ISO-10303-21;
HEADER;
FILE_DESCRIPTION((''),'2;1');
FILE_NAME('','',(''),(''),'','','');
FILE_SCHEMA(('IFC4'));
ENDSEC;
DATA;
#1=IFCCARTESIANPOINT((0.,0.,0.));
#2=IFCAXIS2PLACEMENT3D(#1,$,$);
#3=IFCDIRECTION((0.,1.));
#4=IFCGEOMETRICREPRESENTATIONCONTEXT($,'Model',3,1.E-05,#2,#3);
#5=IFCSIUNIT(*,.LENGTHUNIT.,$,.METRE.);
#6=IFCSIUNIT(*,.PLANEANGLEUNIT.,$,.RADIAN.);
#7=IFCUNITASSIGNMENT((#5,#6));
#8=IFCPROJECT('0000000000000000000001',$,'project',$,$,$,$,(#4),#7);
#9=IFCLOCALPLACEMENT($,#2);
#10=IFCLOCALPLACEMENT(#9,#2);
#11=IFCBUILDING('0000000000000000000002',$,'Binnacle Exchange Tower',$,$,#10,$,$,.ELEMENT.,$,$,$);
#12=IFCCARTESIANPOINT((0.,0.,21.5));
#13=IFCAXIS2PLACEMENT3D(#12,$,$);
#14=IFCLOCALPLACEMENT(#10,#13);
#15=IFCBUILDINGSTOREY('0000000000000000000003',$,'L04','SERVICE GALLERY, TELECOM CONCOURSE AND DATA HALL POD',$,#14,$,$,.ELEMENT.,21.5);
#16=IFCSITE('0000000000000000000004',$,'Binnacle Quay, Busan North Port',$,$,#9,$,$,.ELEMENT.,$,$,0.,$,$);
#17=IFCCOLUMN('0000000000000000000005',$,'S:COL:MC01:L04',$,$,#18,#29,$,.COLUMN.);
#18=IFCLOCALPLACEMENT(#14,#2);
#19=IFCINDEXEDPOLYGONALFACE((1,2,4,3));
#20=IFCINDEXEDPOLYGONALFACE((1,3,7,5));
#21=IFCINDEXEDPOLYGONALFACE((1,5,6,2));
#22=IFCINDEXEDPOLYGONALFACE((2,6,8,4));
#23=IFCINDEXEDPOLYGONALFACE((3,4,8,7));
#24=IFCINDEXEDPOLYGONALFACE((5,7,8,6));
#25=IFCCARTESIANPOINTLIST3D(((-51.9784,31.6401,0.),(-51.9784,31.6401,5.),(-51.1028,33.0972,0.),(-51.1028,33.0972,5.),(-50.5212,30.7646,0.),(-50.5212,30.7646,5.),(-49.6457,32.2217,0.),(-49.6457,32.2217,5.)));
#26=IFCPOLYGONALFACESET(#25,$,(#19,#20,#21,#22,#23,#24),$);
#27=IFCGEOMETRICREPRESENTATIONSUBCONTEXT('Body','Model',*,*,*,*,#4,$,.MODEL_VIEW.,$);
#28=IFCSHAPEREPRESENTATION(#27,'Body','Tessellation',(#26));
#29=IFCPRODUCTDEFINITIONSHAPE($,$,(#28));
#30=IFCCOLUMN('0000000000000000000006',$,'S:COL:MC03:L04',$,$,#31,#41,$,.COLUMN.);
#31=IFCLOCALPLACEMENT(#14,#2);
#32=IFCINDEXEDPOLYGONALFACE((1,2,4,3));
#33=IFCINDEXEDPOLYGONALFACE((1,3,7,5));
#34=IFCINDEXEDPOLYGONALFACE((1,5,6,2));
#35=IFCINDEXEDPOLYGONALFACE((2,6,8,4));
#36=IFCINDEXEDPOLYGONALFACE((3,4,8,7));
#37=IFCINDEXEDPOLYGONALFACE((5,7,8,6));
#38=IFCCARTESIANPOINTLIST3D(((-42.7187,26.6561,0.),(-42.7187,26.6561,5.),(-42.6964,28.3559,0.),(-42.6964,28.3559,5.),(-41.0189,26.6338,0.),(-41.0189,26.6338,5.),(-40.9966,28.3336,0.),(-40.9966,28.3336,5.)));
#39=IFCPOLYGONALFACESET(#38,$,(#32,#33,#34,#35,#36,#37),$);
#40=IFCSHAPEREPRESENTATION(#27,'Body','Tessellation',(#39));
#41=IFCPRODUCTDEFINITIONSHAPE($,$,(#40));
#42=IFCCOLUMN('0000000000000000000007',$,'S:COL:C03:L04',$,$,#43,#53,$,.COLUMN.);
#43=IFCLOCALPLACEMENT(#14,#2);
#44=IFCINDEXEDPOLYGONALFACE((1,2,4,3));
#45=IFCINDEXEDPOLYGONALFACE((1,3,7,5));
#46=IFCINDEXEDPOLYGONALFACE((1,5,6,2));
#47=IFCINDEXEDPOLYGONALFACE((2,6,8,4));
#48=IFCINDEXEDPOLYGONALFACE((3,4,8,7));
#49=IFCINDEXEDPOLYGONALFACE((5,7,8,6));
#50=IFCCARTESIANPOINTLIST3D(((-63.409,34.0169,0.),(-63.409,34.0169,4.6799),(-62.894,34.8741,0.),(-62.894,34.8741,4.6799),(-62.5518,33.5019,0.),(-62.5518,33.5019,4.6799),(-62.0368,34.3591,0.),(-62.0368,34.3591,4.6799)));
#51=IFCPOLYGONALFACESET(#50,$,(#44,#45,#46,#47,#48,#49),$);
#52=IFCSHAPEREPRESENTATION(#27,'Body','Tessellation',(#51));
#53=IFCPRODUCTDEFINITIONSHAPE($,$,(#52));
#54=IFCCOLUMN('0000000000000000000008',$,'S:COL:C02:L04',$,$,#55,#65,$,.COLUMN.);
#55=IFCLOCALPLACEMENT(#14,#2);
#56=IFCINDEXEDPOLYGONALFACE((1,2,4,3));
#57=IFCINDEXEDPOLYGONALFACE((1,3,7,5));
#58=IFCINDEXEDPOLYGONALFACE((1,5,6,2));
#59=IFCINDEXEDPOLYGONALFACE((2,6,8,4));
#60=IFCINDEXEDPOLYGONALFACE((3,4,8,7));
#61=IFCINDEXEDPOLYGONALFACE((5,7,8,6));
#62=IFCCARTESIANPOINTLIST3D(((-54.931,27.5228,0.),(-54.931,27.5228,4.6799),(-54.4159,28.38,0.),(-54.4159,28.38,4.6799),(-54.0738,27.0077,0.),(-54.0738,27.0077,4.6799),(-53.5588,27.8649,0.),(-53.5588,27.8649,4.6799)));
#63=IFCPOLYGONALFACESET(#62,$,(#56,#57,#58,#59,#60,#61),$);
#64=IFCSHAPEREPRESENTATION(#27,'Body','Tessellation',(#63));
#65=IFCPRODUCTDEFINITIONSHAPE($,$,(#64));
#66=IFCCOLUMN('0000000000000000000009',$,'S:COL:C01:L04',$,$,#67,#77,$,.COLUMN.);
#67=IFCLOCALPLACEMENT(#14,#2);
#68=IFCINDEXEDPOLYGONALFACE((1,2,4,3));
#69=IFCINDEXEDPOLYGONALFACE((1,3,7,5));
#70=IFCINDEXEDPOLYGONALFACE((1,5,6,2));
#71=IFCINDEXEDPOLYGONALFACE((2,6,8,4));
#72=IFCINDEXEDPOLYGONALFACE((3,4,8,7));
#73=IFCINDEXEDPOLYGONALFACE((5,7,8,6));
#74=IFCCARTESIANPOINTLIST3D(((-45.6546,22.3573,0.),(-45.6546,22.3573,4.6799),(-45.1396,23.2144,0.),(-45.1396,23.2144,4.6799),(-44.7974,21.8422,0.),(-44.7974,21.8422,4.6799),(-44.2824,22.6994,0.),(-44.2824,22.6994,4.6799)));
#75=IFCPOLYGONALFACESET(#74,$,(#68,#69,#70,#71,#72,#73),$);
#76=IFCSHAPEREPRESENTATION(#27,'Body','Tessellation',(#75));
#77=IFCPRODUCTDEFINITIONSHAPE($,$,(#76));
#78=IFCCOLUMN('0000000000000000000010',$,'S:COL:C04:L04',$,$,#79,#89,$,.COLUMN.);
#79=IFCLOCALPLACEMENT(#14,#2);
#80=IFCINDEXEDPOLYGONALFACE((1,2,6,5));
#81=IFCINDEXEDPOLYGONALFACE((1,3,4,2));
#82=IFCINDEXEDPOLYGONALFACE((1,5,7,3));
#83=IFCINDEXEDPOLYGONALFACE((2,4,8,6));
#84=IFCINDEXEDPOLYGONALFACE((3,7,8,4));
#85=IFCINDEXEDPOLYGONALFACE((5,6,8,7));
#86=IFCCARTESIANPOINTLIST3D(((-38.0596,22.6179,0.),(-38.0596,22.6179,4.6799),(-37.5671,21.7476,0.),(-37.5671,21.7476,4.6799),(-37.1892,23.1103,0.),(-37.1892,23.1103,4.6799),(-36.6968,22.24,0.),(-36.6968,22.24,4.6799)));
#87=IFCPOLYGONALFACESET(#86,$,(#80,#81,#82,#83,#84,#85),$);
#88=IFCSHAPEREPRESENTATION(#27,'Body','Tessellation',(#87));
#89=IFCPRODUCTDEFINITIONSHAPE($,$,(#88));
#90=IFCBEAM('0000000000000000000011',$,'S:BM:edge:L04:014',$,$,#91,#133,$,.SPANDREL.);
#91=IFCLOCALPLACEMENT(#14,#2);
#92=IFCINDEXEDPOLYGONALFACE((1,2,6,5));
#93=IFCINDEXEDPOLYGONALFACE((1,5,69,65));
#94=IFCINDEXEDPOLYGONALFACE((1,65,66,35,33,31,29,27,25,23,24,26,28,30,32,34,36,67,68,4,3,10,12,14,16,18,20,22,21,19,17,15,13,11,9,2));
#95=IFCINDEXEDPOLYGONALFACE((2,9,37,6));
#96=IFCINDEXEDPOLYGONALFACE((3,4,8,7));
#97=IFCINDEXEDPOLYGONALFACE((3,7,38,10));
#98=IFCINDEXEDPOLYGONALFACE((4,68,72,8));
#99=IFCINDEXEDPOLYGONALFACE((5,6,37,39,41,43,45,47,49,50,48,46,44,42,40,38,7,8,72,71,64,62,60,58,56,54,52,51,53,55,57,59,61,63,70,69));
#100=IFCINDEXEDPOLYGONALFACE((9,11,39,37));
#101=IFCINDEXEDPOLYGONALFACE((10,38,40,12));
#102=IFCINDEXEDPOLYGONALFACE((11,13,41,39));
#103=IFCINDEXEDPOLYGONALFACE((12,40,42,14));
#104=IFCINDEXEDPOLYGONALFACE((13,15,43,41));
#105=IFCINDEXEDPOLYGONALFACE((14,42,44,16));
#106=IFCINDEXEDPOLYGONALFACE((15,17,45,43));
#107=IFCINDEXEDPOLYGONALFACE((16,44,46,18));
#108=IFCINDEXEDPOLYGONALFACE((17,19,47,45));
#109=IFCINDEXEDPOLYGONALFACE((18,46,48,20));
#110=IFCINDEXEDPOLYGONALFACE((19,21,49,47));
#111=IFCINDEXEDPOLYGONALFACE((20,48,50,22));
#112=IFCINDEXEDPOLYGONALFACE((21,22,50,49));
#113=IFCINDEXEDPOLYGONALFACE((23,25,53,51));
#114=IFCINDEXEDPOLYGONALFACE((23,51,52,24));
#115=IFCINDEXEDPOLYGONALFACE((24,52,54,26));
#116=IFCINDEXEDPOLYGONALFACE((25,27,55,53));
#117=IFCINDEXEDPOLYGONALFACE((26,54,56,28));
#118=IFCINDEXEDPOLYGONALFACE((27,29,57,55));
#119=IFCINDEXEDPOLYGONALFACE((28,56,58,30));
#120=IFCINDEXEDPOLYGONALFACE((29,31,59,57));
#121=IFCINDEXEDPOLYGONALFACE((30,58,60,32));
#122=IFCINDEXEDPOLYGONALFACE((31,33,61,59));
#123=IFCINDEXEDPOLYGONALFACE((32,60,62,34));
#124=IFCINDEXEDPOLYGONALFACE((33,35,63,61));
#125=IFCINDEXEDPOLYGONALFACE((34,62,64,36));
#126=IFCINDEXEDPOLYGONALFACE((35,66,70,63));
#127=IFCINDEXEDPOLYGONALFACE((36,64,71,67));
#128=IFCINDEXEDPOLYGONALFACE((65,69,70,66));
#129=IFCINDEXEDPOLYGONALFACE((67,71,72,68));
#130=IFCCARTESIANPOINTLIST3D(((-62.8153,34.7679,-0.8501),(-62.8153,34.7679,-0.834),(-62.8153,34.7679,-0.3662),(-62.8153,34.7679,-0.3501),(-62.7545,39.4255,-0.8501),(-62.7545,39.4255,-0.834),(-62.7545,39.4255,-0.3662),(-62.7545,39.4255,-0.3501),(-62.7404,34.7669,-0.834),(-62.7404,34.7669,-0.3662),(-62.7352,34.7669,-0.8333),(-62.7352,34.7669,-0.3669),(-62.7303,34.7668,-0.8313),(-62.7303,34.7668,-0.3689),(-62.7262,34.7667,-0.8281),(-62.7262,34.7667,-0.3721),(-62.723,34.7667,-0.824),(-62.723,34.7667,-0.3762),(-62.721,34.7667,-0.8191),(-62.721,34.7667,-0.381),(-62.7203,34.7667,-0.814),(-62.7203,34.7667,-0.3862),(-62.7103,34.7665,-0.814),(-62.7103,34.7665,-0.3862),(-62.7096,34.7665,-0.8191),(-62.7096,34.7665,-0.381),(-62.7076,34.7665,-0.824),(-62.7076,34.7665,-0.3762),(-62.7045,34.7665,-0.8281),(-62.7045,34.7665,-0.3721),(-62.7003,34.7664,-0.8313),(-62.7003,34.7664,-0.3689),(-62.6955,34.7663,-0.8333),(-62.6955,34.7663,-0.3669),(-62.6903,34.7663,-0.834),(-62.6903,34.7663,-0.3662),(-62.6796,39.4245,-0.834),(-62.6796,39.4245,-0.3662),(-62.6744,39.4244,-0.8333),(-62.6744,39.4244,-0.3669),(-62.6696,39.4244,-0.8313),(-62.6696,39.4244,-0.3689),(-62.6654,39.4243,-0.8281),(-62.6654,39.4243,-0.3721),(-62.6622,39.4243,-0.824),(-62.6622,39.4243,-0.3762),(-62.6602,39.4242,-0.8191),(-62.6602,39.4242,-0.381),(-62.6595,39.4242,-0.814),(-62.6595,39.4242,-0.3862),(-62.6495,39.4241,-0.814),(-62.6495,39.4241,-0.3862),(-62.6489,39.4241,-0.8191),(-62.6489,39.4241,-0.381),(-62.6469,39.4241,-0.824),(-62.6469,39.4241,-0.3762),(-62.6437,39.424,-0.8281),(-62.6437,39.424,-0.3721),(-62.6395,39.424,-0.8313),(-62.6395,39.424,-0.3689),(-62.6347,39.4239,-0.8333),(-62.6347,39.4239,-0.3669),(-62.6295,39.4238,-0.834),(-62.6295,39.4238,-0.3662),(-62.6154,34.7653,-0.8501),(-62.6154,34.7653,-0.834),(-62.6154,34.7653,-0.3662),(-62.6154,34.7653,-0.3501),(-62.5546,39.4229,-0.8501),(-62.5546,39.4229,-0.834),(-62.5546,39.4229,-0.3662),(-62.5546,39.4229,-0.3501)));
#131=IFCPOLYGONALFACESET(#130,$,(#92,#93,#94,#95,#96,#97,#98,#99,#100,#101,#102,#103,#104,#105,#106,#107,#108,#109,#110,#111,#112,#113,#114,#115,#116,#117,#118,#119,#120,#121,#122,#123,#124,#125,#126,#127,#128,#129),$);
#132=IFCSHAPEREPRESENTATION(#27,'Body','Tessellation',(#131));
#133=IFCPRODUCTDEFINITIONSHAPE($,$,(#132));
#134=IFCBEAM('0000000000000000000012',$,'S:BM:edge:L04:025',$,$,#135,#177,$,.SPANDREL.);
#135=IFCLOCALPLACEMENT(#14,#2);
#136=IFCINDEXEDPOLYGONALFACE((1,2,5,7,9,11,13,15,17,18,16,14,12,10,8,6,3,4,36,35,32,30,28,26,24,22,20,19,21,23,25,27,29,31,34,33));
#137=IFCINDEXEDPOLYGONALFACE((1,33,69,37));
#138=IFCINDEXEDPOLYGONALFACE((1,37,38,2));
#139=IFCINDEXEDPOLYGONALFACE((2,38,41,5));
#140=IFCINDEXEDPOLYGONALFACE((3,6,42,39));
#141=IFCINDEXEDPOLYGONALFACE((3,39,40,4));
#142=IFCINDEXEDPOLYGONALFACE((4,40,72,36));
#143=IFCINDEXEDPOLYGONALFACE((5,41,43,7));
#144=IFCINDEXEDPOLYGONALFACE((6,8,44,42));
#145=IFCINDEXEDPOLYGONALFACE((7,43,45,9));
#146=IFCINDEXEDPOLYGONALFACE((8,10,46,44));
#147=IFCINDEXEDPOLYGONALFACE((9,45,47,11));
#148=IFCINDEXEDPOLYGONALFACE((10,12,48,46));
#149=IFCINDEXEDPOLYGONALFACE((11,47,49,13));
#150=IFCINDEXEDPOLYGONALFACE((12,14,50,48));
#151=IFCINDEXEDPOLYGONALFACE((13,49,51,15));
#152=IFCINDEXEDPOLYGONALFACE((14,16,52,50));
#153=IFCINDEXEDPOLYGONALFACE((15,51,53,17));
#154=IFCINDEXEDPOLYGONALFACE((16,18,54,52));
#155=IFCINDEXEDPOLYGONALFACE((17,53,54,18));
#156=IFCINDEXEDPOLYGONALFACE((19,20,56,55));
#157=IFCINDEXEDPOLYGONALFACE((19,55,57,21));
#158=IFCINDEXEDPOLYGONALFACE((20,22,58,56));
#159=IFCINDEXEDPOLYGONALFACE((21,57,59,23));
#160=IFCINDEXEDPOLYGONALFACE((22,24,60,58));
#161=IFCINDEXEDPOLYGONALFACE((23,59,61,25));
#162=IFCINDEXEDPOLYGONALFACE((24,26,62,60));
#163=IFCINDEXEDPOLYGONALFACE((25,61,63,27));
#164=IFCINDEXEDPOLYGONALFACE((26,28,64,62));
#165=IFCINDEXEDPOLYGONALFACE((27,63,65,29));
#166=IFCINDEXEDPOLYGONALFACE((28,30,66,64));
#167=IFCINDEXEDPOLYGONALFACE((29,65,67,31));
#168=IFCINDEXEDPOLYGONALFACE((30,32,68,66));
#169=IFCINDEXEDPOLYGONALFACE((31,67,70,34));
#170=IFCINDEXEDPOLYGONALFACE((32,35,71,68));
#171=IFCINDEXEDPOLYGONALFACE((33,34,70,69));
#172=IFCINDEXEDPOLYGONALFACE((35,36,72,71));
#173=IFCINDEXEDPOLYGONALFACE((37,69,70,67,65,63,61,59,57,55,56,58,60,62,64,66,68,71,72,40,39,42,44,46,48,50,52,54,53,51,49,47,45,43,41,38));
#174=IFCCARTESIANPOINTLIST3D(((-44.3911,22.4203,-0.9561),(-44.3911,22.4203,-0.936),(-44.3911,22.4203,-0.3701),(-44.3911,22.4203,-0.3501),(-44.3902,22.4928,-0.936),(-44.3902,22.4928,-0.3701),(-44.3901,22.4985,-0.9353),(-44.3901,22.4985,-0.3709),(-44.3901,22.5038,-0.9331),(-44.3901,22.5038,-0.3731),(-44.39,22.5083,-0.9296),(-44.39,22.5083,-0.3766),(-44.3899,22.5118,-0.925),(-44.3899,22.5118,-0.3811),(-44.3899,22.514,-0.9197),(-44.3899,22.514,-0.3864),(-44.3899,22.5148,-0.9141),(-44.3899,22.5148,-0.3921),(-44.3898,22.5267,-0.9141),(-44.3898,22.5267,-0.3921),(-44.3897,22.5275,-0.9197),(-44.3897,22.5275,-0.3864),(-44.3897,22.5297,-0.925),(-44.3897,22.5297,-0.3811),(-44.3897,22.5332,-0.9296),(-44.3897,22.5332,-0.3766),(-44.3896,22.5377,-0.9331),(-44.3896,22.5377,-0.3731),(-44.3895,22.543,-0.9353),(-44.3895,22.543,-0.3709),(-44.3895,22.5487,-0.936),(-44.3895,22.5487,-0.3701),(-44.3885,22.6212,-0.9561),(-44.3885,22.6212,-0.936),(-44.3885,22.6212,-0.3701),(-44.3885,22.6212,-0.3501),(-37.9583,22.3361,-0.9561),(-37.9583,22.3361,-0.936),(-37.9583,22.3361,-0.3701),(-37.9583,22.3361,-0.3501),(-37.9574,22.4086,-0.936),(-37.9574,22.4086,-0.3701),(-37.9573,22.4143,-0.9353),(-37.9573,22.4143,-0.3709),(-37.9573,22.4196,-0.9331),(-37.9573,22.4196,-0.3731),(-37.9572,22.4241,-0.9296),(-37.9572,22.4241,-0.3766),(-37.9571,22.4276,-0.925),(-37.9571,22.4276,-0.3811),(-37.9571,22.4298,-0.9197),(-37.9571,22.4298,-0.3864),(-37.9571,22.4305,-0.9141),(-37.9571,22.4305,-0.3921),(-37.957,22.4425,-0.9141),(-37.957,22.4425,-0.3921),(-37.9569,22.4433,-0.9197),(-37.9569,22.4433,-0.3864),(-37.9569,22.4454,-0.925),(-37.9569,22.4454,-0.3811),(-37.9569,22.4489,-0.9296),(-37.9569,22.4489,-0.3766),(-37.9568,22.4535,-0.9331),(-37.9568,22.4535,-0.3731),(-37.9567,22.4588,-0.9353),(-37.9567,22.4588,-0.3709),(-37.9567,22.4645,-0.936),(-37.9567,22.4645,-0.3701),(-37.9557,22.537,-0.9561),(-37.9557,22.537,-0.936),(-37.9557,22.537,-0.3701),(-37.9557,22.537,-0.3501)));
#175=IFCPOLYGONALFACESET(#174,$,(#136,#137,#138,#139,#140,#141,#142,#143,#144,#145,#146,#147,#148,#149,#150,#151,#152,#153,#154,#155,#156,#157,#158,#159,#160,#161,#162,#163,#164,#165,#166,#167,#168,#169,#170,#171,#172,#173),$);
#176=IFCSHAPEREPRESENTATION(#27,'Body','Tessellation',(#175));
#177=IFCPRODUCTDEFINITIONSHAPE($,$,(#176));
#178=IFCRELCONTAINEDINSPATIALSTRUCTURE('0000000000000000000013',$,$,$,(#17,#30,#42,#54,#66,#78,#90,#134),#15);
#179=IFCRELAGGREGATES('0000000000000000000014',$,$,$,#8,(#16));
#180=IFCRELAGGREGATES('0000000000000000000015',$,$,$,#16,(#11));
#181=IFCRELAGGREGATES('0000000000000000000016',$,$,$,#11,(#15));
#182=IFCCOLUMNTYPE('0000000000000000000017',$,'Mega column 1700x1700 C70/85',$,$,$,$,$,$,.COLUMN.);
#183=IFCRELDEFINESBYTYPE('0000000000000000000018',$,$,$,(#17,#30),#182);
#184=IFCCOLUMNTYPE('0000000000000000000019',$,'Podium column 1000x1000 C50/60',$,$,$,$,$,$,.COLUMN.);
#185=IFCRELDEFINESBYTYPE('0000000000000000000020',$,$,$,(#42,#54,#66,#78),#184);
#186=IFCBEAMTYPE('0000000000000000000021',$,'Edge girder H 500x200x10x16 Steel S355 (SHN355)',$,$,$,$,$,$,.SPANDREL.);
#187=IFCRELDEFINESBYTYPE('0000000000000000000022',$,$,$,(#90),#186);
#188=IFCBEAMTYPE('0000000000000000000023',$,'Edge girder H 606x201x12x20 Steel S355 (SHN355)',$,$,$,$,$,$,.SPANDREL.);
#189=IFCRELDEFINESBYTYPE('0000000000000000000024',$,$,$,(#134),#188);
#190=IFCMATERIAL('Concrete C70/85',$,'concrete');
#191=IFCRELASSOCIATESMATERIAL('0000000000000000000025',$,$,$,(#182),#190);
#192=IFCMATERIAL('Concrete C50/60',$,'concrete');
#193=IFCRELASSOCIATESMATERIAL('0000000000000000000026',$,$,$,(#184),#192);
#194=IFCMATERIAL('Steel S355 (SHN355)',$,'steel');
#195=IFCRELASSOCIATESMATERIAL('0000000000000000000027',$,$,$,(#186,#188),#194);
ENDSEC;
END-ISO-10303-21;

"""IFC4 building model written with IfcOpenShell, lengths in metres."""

from ifc_helpers import new_model, si_unit, direction, frame, origin, origin_2d, place, context, subcontext, project, spatial, rectangle, i_section, extrude, material, material_profile, profile_set, type_object, element, save


model = new_model("IFC4")

# Units and contexts
model_context = context("Model", 3, precision=1e-05, world=origin(), true_north=direction((0.0, 1.0)))
body_context = subcontext(model_context, "Body", "Model", "MODEL_VIEW")
ifc_project = project(units=[si_unit("LENGTHUNIT", "METRE"), si_unit("PLANEANGLEUNIT", "RADIAN")], contexts=[model_context])

# Site, building, storey
site_placement = place(None, origin())
site = spatial("IfcSite", under=ifc_project, at=site_placement, Name="Binnacle Quay, Busan North Port", CompositionType="ELEMENT", RefElevation=0.0)
building_placement = place(site_placement, origin())
building = spatial("IfcBuilding", under=site, at=building_placement, Name="Binnacle Exchange Tower", CompositionType="ELEMENT")
storey_placement = place(building_placement, frame((0.0, 0.0, 21.5)))
storey = spatial("IfcBuildingStorey", under=building, at=storey_placement, Name="L04", Description="SERVICE GALLERY, TELECOM CONCOURSE AND DATA HALL POD", CompositionType="ELEMENT", Elevation=21.5)

# Columns
ifc_material_1 = material(Name="Concrete C70/85", Category="concrete")
ifc_material_profile_1 = material_profile(ifc_material_1, rectangle(XDim=1.7, YDim=1.7, at=origin_2d()), Name="Mega column 1700x1700 C70/85")
ifc_profile_set_1 = profile_set([ifc_material_profile_1], Name="Concrete C70/85")
column_type_1 = type_object("IfcColumnType", Name="Mega column 1700x1700 C70/85", PredefinedType="COLUMN", material=ifc_profile_set_1)
for number, where, z_axis, x_axis, name in (
    (1, (-50.812, 31.9309, 0.0), (0.0, 0.0, 1.0), (0.857167, -0.515038, 0.0), "S:COL:MC01:L04"),
    (2, (-41.8577, 27.4949, 0.0), (0.0, 0.0, 1.0), (0.999914, -0.01309, 0.0), "S:COL:MC03:L04"),
):
    element("IfcColumn", number, at=place(storey_placement, frame(where, z_axis=z_axis, x_axis=x_axis)), inside=storey, type_object=column_type_1, Name=name, PredefinedType="COLUMN", context=body_context, shape_type="SweptSolid", body=[
        extrude(rectangle(XDim=1.7, YDim=1.7, at=origin_2d()), origin(), (0.0, 0.0, 1.0), 5.0),
    ])
ifc_material_2 = material(Name="Concrete C50/60", Category="concrete")
ifc_material_profile_2 = material_profile(ifc_material_2, rectangle(XDim=1.0, YDim=1.0, at=origin_2d()), Name="Podium column 1000x1000 C50/60")
ifc_profile_set_2 = profile_set([ifc_material_profile_2], Name="Concrete C50/60")
column_type_2 = type_object("IfcColumnType", Name="Podium column 1000x1000 C50/60", PredefinedType="COLUMN", material=ifc_profile_set_2)
for number, where, z_axis, x_axis, name in (
    (3, (-62.7229, 34.188, 0.0), (0.0, 0.0, 1.0), (0.857167, -0.515038, 0.0), "S:COL:C03:L04"),
    (4, (-54.2449, 27.6938, 0.0), (0.0, 0.0, 1.0), (0.857167, -0.515038, 0.0), "S:COL:C02:L04"),
    (5, (-44.9685, 22.5283, 0.0), (0.0, 0.0, 1.0), (0.857167, -0.515038, 0.0), "S:COL:C01:L04"),
    (6, (-37.3782, 22.429, 0.0), (0.0, 0.0, 1.0), (0.870356, 0.492424, 0.0), "S:COL:C04:L04"),
):
    element("IfcColumn", number, at=place(storey_placement, frame(where, z_axis=z_axis, x_axis=x_axis)), inside=storey, type_object=column_type_2, Name=name, PredefinedType="COLUMN", context=body_context, shape_type="SweptSolid", body=[
        extrude(rectangle(XDim=1.0, YDim=1.0, at=origin_2d()), origin(), (0.0, 0.0, 1.0), 4.6799),
    ])

# Beams
ifc_material_3 = material(Name="Steel S355 (SHN355)", Category="steel")
ifc_material_profile_3 = material_profile(ifc_material_3, i_section(OverallWidth=0.2, OverallDepth=0.5, WebThickness=0.01, FlangeThickness=0.0161, FilletRadius=0.02, at=origin_2d()), Name="H 500x200x10x16")
ifc_profile_set_3 = profile_set([ifc_material_profile_3], Name="Steel S355 (SHN355)")
beam_type_1 = type_object("IfcBeamType", Name="Edge girder H 500x200x10x16 Steel S355 (SHN355)", PredefinedType="SPANDREL", material=ifc_profile_set_3)
beam_1_placement = place(storey_placement, frame((-62.7153, 34.7666, -0.6001), z_axis=(0.013051, 0.999915, 0.0), x_axis=(-0.999915, 0.013051, 0.0)))
element("IfcBeam", 7, at=beam_1_placement, inside=storey, type_object=beam_type_1, Name="S:BM:edge:L04:014", PredefinedType="SPANDREL", context=body_context, shape_type="SweptSolid", body=[
    extrude(i_section(OverallWidth=0.2, OverallDepth=0.5, WebThickness=0.01, FlangeThickness=0.0161, FilletRadius=0.02, at=origin_2d()), origin(), (0.0, 0.0, 1.0), 4.658),
])
ifc_material_profile_4 = material_profile(ifc_material_3, i_section(OverallWidth=0.2009, OverallDepth=0.606, WebThickness=0.012, FlangeThickness=0.02, FilletRadius=0.022, at=origin_2d()), Name="H 606x201x12x20")
ifc_profile_set_4 = profile_set([ifc_material_profile_4], Name="Steel S355 (SHN355)")
beam_type_2 = type_object("IfcBeamType", Name="Edge girder H 606x201x12x20 Steel S355 (SHN355)", PredefinedType="SPANDREL", material=ifc_profile_set_4)
beam_2_placement = place(storey_placement, frame((-37.957, 22.4365, -0.6531), z_axis=(-0.999914, 0.013092, 0.0), x_axis=(-0.013092, -0.999914, 0.0)))
element("IfcBeam", 8, at=beam_2_placement, inside=storey, type_object=beam_type_2, Name="S:BM:edge:L04:025", PredefinedType="SPANDREL", context=body_context, shape_type="SweptSolid", body=[
    extrude(i_section(OverallWidth=0.2009, OverallDepth=0.606, WebThickness=0.012, FlangeThickness=0.02, FilletRadius=0.022, at=origin_2d()), origin(), (0.0, 0.0, 1.0), 6.4333),
])

save(model, "model.ifc")
